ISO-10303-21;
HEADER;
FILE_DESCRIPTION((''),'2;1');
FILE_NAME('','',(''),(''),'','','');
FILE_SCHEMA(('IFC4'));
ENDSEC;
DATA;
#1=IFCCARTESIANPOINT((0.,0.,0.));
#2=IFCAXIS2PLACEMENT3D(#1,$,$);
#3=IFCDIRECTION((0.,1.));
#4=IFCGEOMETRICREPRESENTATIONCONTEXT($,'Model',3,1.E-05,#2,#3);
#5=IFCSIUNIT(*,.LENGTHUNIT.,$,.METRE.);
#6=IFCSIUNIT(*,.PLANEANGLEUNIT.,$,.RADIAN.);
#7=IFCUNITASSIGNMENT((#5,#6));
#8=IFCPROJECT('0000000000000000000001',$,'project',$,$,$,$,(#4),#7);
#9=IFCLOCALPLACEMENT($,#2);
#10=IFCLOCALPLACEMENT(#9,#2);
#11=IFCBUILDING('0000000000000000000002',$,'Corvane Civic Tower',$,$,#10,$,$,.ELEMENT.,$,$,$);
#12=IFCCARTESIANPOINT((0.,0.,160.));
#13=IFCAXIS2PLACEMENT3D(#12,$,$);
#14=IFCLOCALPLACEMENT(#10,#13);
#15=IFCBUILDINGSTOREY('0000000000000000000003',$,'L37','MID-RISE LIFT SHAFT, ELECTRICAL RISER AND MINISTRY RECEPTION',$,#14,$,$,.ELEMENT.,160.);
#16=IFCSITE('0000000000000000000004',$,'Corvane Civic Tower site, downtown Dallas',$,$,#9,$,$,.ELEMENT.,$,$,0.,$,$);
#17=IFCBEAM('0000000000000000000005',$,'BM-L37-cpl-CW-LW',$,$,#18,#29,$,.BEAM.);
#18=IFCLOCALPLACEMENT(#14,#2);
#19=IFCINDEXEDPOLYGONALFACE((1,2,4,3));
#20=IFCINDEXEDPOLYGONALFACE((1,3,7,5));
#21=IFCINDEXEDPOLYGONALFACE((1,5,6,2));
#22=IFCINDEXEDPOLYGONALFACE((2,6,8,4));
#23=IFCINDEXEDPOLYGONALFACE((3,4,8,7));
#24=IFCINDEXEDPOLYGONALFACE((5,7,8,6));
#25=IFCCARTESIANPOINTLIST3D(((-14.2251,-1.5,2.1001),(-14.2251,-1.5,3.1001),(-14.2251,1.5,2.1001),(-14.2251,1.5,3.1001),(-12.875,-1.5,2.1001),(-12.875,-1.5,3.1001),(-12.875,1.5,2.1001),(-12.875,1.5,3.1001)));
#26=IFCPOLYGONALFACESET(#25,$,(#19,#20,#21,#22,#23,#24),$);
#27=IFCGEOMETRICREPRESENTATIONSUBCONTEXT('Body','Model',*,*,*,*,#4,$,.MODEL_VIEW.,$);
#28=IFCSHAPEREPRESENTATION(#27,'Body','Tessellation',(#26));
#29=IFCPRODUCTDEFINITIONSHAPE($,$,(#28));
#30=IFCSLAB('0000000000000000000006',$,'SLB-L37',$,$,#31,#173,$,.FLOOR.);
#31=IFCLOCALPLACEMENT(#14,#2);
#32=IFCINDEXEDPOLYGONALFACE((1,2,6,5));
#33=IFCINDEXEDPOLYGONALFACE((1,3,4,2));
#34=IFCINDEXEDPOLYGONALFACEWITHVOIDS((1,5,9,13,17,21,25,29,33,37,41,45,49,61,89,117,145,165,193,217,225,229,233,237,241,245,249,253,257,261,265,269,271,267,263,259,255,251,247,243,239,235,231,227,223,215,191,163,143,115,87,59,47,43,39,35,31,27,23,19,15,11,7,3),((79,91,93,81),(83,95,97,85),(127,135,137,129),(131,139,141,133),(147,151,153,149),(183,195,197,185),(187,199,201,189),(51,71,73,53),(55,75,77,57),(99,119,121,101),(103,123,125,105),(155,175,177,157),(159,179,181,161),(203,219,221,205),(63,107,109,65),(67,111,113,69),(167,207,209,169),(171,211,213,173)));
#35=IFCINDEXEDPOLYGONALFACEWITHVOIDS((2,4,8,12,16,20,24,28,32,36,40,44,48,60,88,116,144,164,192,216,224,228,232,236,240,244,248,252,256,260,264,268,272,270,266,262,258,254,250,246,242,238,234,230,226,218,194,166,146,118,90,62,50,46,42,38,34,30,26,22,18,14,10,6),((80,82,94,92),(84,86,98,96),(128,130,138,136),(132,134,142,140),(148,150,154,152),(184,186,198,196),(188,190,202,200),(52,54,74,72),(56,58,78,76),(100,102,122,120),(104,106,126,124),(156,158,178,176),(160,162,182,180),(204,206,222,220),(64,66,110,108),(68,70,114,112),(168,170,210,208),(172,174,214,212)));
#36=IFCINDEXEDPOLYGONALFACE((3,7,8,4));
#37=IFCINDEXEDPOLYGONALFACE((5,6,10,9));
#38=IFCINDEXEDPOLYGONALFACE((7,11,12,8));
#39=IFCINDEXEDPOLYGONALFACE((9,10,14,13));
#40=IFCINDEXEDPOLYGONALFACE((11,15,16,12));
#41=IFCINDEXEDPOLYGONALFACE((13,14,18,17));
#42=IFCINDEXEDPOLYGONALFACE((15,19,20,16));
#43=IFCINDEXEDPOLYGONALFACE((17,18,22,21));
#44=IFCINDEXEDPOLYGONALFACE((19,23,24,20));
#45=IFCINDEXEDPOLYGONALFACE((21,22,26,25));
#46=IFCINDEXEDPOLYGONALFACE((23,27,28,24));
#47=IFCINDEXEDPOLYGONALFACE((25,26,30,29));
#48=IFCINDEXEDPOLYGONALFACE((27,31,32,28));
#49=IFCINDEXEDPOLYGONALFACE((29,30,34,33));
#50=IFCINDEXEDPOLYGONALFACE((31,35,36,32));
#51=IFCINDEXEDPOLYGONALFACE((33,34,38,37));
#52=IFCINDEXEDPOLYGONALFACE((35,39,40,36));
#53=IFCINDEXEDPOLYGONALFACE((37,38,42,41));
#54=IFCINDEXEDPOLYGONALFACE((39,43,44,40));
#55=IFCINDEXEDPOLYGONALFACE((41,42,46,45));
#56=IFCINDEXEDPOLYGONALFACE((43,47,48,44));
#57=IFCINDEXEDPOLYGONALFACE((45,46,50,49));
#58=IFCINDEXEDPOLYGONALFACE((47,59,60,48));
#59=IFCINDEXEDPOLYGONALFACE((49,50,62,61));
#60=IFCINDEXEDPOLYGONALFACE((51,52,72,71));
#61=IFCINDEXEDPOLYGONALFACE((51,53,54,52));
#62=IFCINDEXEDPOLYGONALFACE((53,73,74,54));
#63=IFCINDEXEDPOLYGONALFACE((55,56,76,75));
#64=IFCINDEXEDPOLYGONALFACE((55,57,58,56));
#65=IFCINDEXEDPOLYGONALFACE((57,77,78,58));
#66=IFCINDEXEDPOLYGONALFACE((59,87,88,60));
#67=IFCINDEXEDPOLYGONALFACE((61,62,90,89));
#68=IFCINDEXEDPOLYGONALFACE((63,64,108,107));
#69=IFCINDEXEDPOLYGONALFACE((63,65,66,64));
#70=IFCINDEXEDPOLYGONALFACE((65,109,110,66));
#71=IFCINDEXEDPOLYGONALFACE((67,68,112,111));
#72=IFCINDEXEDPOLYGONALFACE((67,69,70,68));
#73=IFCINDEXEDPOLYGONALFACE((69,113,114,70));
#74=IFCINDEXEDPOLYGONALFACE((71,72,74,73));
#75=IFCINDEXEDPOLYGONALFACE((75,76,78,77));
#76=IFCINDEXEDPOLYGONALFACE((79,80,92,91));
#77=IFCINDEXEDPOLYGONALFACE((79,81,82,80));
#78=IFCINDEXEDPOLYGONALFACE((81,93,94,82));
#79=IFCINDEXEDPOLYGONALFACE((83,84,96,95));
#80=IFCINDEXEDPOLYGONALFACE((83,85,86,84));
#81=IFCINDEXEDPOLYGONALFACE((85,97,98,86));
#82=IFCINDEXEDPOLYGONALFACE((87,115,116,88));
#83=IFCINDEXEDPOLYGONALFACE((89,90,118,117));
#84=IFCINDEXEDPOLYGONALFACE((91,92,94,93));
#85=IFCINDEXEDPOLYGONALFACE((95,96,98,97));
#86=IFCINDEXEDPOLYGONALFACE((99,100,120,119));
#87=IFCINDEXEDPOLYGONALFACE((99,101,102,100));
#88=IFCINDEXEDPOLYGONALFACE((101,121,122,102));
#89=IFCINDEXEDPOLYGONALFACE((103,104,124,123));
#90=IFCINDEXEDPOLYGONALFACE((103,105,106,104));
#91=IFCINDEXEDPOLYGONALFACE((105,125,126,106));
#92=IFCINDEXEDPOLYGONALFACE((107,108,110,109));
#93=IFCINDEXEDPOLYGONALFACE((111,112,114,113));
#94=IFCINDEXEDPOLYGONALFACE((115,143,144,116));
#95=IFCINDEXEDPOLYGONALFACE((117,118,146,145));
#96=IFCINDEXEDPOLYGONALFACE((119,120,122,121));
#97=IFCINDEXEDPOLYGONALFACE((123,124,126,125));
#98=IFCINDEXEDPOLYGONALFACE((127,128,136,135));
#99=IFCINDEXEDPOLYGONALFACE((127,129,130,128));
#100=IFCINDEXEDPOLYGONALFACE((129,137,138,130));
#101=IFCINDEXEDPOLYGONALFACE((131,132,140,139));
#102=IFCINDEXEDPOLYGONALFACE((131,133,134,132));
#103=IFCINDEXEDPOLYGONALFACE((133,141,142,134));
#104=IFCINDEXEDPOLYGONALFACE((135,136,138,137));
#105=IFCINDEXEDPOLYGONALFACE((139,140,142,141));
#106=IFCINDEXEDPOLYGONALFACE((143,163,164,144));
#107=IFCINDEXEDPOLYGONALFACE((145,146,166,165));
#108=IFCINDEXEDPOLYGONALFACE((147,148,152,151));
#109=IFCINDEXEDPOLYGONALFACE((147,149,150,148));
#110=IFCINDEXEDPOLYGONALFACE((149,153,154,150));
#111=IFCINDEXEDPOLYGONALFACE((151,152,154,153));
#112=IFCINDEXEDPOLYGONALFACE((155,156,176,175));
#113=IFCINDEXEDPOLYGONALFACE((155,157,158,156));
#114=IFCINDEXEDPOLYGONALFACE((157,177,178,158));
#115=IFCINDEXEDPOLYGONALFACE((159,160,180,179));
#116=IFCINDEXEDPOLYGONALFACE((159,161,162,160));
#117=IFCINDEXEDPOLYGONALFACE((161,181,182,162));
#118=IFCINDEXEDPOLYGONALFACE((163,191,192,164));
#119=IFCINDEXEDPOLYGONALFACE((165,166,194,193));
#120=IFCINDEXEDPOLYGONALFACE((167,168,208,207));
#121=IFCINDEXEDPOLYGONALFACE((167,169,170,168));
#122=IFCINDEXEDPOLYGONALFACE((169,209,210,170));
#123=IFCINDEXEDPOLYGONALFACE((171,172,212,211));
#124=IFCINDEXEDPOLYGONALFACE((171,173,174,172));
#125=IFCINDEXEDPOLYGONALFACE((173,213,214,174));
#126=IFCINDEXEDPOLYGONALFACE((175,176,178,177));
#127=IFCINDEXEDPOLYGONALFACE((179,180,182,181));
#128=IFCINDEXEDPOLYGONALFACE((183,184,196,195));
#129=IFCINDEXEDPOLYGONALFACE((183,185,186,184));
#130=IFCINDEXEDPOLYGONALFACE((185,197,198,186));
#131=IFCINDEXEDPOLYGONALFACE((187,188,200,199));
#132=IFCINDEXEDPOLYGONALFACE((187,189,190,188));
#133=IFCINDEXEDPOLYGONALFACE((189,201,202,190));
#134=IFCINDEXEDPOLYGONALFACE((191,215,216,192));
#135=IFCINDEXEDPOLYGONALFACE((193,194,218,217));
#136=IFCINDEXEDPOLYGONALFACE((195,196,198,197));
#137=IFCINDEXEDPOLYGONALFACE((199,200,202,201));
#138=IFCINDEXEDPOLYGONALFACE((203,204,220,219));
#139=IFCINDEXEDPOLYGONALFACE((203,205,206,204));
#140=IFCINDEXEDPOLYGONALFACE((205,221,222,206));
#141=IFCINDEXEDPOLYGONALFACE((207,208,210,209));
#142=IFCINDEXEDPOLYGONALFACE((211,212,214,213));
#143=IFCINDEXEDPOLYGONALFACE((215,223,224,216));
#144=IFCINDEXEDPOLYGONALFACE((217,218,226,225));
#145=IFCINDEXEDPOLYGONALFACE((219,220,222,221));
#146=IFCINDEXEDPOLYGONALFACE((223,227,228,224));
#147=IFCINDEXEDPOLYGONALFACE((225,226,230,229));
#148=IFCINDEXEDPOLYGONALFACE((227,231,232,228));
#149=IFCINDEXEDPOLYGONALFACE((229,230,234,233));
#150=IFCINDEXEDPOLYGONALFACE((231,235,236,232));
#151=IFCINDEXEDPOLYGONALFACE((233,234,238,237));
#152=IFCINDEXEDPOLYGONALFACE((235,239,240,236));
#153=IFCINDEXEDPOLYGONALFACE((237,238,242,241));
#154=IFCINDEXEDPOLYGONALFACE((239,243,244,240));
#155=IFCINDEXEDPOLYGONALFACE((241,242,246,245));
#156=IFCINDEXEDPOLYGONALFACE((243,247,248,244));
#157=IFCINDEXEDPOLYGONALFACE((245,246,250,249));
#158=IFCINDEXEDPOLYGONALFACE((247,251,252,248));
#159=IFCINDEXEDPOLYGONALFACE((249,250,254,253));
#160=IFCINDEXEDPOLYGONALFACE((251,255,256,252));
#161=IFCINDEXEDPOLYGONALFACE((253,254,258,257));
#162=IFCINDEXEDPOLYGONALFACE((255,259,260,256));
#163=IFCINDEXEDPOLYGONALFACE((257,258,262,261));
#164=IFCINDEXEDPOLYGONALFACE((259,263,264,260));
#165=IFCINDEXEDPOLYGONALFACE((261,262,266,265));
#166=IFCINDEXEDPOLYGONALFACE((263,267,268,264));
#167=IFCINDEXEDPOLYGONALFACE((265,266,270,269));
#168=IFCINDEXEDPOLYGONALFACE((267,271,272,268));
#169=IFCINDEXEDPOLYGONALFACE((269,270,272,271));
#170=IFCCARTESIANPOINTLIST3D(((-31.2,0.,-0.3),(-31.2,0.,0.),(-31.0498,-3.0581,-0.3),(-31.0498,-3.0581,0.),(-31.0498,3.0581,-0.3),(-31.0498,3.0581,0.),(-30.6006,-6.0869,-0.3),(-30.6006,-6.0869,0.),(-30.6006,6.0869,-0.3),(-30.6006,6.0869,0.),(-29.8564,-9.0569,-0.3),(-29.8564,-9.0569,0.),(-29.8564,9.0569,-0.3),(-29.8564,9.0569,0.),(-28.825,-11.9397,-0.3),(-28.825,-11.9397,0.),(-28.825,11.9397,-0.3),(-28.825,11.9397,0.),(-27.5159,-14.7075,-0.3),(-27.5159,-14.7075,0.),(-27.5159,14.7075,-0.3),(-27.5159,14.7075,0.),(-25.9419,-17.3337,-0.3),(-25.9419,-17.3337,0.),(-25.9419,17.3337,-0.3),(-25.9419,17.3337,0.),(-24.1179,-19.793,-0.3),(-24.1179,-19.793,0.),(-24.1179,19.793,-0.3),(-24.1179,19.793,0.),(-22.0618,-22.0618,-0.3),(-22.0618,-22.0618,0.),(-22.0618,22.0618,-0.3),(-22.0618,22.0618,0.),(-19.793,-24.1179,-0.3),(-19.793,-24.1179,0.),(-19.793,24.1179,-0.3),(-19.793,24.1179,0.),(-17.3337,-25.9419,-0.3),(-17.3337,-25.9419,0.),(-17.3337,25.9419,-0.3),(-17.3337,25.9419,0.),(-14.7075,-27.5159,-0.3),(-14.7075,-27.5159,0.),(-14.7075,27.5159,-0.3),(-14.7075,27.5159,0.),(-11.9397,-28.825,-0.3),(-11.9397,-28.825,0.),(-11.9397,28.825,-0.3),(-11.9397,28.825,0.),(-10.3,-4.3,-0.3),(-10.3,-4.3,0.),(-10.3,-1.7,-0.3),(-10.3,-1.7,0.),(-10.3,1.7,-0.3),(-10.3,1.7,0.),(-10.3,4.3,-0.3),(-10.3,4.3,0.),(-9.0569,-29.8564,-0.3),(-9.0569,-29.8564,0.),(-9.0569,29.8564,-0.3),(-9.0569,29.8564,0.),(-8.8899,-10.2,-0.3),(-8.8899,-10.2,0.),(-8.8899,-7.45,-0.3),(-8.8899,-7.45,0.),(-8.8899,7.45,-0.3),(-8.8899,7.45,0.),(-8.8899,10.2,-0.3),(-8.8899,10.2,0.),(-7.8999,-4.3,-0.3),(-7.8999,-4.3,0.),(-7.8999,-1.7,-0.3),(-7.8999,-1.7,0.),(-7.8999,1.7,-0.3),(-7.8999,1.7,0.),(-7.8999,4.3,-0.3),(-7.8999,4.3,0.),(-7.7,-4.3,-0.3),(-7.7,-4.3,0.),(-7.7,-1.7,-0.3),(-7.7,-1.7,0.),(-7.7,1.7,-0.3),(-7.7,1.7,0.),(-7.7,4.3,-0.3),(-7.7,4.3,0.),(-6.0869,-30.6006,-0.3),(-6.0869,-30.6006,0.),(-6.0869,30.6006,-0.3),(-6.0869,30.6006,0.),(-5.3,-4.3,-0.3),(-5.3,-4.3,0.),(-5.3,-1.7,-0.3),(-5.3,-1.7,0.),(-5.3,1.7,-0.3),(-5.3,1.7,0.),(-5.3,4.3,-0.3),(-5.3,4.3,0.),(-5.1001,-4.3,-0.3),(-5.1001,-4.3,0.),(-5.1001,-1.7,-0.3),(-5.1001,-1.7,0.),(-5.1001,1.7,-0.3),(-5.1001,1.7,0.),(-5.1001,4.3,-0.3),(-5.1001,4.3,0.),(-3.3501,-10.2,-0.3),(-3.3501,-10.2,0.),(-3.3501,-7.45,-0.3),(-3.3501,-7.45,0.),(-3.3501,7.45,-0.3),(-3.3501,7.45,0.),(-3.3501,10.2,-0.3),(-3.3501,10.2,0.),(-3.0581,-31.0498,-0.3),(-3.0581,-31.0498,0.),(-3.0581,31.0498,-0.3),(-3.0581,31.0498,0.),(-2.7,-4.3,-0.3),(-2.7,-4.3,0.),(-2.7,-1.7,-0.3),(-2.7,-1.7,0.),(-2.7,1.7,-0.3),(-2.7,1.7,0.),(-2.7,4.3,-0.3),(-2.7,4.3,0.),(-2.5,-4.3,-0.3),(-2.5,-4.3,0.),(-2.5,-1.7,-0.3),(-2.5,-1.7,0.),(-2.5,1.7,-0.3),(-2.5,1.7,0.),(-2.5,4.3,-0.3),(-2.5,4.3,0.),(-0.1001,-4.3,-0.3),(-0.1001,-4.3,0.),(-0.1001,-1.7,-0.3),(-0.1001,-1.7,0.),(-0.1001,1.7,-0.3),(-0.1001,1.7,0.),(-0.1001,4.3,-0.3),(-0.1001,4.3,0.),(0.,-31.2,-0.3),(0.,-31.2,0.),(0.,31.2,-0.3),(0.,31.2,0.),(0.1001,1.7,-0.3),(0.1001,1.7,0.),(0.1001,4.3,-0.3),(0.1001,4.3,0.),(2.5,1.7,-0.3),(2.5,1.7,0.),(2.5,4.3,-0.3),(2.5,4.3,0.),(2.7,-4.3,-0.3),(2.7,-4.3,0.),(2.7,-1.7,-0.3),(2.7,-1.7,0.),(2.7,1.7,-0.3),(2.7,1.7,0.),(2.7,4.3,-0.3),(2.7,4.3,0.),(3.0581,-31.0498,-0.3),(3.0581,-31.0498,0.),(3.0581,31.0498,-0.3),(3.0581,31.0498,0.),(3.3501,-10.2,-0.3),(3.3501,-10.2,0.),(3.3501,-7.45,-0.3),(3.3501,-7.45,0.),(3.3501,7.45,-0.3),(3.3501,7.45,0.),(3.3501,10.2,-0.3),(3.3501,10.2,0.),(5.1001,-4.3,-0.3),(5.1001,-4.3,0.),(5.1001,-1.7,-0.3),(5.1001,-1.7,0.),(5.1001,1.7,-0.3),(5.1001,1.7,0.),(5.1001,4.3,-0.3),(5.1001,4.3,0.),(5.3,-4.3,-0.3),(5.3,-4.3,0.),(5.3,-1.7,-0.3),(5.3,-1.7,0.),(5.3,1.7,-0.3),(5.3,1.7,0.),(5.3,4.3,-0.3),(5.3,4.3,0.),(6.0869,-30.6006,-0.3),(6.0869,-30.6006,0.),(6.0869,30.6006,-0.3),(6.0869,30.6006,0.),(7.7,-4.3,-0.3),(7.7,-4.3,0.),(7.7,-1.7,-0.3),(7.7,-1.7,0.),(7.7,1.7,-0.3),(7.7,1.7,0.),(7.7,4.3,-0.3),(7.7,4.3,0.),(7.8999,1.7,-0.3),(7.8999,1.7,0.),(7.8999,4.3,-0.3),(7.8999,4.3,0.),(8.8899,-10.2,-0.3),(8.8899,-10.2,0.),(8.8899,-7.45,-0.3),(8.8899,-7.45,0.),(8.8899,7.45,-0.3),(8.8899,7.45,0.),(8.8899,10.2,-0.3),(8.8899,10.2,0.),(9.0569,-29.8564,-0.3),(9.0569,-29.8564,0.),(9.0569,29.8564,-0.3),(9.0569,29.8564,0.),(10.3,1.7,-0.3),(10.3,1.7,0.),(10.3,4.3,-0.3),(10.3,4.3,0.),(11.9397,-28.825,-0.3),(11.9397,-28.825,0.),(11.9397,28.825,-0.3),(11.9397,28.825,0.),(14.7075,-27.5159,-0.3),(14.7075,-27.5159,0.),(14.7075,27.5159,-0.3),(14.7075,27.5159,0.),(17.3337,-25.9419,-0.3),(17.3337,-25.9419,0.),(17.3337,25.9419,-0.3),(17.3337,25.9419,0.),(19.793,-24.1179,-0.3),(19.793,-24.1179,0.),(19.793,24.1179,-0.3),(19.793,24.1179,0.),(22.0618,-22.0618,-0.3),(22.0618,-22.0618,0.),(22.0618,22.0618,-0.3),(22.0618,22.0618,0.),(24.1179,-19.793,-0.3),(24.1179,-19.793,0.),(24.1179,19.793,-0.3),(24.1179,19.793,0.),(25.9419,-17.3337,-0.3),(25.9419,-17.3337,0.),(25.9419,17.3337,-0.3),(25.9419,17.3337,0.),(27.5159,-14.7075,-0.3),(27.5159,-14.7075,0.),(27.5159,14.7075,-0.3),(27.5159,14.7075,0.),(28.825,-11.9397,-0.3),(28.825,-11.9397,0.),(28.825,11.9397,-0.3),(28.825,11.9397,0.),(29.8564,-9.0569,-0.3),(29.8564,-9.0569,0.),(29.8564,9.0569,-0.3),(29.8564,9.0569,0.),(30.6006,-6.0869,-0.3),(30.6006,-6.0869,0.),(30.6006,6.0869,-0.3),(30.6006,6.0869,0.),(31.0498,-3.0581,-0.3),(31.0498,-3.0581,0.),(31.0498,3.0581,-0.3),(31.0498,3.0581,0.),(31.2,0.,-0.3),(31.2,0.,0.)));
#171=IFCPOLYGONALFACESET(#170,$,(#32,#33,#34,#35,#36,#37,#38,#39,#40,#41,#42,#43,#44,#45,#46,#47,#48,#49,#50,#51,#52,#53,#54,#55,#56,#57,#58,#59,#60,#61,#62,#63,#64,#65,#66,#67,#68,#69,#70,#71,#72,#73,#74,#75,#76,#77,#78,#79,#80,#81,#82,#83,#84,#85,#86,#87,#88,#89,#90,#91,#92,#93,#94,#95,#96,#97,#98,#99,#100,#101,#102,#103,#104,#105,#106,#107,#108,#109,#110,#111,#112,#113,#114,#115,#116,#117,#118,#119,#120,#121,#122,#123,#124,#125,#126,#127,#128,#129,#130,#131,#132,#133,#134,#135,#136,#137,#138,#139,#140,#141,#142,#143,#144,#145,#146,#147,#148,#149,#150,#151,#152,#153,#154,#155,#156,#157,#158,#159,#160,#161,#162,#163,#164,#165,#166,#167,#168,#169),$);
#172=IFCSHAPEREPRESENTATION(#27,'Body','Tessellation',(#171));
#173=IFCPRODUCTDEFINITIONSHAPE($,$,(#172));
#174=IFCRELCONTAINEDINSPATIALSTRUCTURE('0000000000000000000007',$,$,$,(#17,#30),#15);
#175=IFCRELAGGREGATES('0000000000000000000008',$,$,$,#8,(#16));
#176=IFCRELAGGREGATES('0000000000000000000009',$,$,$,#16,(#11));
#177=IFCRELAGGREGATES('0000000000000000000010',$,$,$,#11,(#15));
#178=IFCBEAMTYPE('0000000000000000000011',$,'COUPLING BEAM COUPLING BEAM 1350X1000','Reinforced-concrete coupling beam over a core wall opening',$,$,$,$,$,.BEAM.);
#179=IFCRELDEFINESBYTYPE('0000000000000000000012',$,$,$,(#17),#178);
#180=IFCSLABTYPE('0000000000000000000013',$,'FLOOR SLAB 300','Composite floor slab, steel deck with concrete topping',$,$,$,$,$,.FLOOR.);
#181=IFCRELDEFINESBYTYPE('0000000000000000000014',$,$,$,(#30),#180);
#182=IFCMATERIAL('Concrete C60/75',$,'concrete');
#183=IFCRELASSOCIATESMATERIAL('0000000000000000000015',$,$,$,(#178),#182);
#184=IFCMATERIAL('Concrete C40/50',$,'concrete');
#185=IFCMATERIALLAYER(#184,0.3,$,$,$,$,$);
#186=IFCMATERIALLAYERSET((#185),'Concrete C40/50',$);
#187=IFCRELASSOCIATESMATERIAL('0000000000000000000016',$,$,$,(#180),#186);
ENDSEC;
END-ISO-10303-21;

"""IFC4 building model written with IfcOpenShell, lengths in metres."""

from ifc_helpers import new_model, si_unit, direction, frame, origin, origin_2d, place, context, subcontext, project, spatial, polyline, rectangle, outline, extrude, material, layer, layer_set, material_profile, profile_set, type_object, element, save


model = new_model("IFC4")

# Units and contexts
model_context = context("Model", 3, precision=1e-05, world=origin(), true_north=direction((0.0, 1.0)))
body_context = subcontext(model_context, "Body", "Model", "MODEL_VIEW")
ifc_project = project(units=[si_unit("LENGTHUNIT", "METRE"), si_unit("PLANEANGLEUNIT", "RADIAN")], contexts=[model_context])

# Site, building, storey
site_placement = place(None, origin())
site = spatial("IfcSite", under=ifc_project, at=site_placement, Name="Corvane Civic Tower site, downtown Dallas", CompositionType="ELEMENT", RefElevation=0.0)
building_placement = place(site_placement, origin())
building = spatial("IfcBuilding", under=site, at=building_placement, Name="Corvane Civic Tower", CompositionType="ELEMENT")
storey_placement = place(building_placement, frame((0.0, 0.0, 160.0)))
storey = spatial("IfcBuildingStorey", under=building, at=storey_placement, Name="L37", Description="MID-RISE LIFT SHAFT, ELECTRICAL RISER AND MINISTRY RECEPTION", CompositionType="ELEMENT", Elevation=160.0)

# Beam
ifc_material_1 = material(Name="Concrete C60/75", Category="concrete")
ifc_material_profile = material_profile(ifc_material_1, rectangle(XDim=1.3501, YDim=1.0, at=origin_2d()), Name="COUPLING BEAM 1350X1000")
ifc_profile_set = profile_set([ifc_material_profile], Name="Concrete C60/75")
beam_type = type_object("IfcBeamType", Name="COUPLING BEAM COUPLING BEAM 1350X1000", Description="Reinforced-concrete coupling beam over a core wall opening", PredefinedType="BEAM", material=ifc_profile_set)
beam_placement = place(storey_placement, frame((-13.55, -1.5, 2.6001), z_axis=(0.0, 1.0, 0.0), x_axis=(-1.0, 0.0, 0.0)))
element("IfcBeam", 1, at=beam_placement, inside=storey, type_object=beam_type, Name="BM-L37-cpl-CW-LW", PredefinedType="BEAM", context=body_context, shape_type="SweptSolid", body=[
    extrude(rectangle(XDim=1.3501, YDim=1.0, at=origin_2d()), origin(), (0.0, 0.0, 1.0), 3.0),
])

# Slab
ifc_material_2 = material(Name="Concrete C40/50", Category="concrete")
ifc_layer_1 = layer(ifc_material_2, 0.3)
ifc_layer_set_1 = layer_set([ifc_layer_1], Name="Concrete C40/50")
slab_type_1 = type_object("IfcSlabType", Name="FLOOR SLAB 300", Description="Composite floor slab, steel deck with concrete topping", PredefinedType="FLOOR", material=ifc_layer_set_1)
slab_1_placement = place(storey_placement, frame((0.0, 0.0, -0.3)))
element("IfcSlab", 2, at=slab_1_placement, inside=storey, type_object=slab_type_1, Name="SLB-L37", PredefinedType="FLOOR", context=body_context, shape_type="SweptSolid", body=[
    extrude(outline(polyline([(0.0, 31.2), (-3.0581, 31.0498), (-6.0869, 30.6006), (-9.0569, 29.8564), (-11.9397, 28.825), (-14.7075, 27.5159), (-17.3337, 25.9419), (-19.793, 24.1179), (-22.0618, 22.0618), (-24.1179, 19.793), (-25.9419, 17.3337), (-27.5159, 14.7075), (-28.825, 11.9397), (-29.8564, 9.0569), (-30.6006, 6.0869), (-31.0498, 3.0581), (-31.2, 0.0), (-31.0498, -3.0581), (-30.6006, -6.0869), (-29.8564, -9.0569), (-28.825, -11.9397), (-27.5159, -14.7075), (-25.9419, -17.3337), (-24.1179, -19.793), (-22.0618, -22.0618), (-19.793, -24.1179), (-17.3337, -25.9419), (-14.7075, -27.5159), (-11.9397, -28.825), (-9.0569, -29.8564), (-6.0869, -30.6006), (-3.0581, -31.0498), (0.0, -31.2), (3.0581, -31.0498), (6.0869, -30.6006), (9.0569, -29.8564), (11.9397, -28.825), (14.7075, -27.5159), (17.3337, -25.9419), (19.793, -24.1179), (22.0618, -22.0618), (24.1179, -19.793), (25.9419, -17.3337), (27.5159, -14.7075), (28.825, -11.9397), (29.8564, -9.0569), (30.6006, -6.0869), (31.0498, -3.0581), (31.2, 0.0), (31.0498, 3.0581), (30.6006, 6.0869), (29.8564, 9.0569), (28.825, 11.9397), (27.5159, 14.7075), (25.9419, 17.3337), (24.1179, 19.793), (22.0618, 22.0618), (19.793, 24.1179), (17.3337, 25.9419), (14.7075, 27.5159), (11.9397, 28.825), (9.0569, 29.8564), (6.0869, 30.6006), (3.0581, 31.0498), (0.0, 31.2)]), holes=[polyline([(-7.8999, 1.7), (-10.3, 1.7), (-10.3, 4.3), (-7.8999, 4.3), (-7.8999, 1.7)]), polyline([(-7.7, 4.3), (-5.3, 4.3), (-5.3, 1.7), (-7.7, 1.7), (-7.7, 4.3)]), polyline([(-5.1001, 4.3), (-2.7, 4.3), (-2.7, 1.7), (-5.1001, 1.7), (-5.1001, 4.3)]), polyline([(-2.5, 4.3), (-0.1001, 4.3), (-0.1001, 1.7), (-2.5, 1.7), (-2.5, 4.3)]), polyline([(2.5, 1.7), (0.1001, 1.7), (0.1001, 4.3), (2.5, 4.3), (2.5, 1.7)]), polyline([(5.1001, 1.7), (2.7, 1.7), (2.7, 4.3), (5.1001, 4.3), (5.1001, 1.7)]), polyline([(5.3, 4.3), (7.7, 4.3), (7.7, 1.7), (5.3, 1.7), (5.3, 4.3)]), polyline([(7.8999, 4.3), (10.3, 4.3), (10.3, 1.7), (7.8999, 1.7), (7.8999, 4.3)]), polyline([(-10.3, -1.7), (-7.8999, -1.7), (-7.8999, -4.3), (-10.3, -4.3), (-10.3, -1.7)]), polyline([(-7.7, -1.7), (-5.3, -1.7), (-5.3, -4.3), (-7.7, -4.3), (-7.7, -1.7)]), polyline([(-5.1001, -1.7), (-2.7, -1.7), (-2.7, -4.3), (-5.1001, -4.3), (-5.1001, -1.7)]), polyline([(-2.5, -1.7), (-0.1001, -1.7), (-0.1001, -4.3), (-2.5, -4.3), (-2.5, -1.7)]), polyline([(2.7, -1.7), (5.1001, -1.7), (5.1001, -4.3), (2.7, -4.3), (2.7, -1.7)]), polyline([(5.3, -1.7), (7.7, -1.7), (7.7, -4.3), (5.3, -4.3), (5.3, -1.7)]), polyline([(8.8899, 10.2), (8.8899, 7.45), (3.3501, 7.45), (3.3501, 10.2), (8.8899, 10.2)]), polyline([(-8.8899, 7.45), (-8.8899, 10.2), (-3.3501, 10.2), (-3.3501, 7.45), (-8.8899, 7.45)]), polyline([(8.8899, -7.45), (8.8899, -10.2), (3.3501, -10.2), (3.3501, -7.45), (8.8899, -7.45)]), polyline([(-8.8899, -10.2), (-8.8899, -7.45), (-3.3501, -7.45), (-3.3501, -10.2), (-8.8899, -10.2)])]), origin(), (0.0, 0.0, 1.0), 0.3),
])

save(model, "model.ifc")
